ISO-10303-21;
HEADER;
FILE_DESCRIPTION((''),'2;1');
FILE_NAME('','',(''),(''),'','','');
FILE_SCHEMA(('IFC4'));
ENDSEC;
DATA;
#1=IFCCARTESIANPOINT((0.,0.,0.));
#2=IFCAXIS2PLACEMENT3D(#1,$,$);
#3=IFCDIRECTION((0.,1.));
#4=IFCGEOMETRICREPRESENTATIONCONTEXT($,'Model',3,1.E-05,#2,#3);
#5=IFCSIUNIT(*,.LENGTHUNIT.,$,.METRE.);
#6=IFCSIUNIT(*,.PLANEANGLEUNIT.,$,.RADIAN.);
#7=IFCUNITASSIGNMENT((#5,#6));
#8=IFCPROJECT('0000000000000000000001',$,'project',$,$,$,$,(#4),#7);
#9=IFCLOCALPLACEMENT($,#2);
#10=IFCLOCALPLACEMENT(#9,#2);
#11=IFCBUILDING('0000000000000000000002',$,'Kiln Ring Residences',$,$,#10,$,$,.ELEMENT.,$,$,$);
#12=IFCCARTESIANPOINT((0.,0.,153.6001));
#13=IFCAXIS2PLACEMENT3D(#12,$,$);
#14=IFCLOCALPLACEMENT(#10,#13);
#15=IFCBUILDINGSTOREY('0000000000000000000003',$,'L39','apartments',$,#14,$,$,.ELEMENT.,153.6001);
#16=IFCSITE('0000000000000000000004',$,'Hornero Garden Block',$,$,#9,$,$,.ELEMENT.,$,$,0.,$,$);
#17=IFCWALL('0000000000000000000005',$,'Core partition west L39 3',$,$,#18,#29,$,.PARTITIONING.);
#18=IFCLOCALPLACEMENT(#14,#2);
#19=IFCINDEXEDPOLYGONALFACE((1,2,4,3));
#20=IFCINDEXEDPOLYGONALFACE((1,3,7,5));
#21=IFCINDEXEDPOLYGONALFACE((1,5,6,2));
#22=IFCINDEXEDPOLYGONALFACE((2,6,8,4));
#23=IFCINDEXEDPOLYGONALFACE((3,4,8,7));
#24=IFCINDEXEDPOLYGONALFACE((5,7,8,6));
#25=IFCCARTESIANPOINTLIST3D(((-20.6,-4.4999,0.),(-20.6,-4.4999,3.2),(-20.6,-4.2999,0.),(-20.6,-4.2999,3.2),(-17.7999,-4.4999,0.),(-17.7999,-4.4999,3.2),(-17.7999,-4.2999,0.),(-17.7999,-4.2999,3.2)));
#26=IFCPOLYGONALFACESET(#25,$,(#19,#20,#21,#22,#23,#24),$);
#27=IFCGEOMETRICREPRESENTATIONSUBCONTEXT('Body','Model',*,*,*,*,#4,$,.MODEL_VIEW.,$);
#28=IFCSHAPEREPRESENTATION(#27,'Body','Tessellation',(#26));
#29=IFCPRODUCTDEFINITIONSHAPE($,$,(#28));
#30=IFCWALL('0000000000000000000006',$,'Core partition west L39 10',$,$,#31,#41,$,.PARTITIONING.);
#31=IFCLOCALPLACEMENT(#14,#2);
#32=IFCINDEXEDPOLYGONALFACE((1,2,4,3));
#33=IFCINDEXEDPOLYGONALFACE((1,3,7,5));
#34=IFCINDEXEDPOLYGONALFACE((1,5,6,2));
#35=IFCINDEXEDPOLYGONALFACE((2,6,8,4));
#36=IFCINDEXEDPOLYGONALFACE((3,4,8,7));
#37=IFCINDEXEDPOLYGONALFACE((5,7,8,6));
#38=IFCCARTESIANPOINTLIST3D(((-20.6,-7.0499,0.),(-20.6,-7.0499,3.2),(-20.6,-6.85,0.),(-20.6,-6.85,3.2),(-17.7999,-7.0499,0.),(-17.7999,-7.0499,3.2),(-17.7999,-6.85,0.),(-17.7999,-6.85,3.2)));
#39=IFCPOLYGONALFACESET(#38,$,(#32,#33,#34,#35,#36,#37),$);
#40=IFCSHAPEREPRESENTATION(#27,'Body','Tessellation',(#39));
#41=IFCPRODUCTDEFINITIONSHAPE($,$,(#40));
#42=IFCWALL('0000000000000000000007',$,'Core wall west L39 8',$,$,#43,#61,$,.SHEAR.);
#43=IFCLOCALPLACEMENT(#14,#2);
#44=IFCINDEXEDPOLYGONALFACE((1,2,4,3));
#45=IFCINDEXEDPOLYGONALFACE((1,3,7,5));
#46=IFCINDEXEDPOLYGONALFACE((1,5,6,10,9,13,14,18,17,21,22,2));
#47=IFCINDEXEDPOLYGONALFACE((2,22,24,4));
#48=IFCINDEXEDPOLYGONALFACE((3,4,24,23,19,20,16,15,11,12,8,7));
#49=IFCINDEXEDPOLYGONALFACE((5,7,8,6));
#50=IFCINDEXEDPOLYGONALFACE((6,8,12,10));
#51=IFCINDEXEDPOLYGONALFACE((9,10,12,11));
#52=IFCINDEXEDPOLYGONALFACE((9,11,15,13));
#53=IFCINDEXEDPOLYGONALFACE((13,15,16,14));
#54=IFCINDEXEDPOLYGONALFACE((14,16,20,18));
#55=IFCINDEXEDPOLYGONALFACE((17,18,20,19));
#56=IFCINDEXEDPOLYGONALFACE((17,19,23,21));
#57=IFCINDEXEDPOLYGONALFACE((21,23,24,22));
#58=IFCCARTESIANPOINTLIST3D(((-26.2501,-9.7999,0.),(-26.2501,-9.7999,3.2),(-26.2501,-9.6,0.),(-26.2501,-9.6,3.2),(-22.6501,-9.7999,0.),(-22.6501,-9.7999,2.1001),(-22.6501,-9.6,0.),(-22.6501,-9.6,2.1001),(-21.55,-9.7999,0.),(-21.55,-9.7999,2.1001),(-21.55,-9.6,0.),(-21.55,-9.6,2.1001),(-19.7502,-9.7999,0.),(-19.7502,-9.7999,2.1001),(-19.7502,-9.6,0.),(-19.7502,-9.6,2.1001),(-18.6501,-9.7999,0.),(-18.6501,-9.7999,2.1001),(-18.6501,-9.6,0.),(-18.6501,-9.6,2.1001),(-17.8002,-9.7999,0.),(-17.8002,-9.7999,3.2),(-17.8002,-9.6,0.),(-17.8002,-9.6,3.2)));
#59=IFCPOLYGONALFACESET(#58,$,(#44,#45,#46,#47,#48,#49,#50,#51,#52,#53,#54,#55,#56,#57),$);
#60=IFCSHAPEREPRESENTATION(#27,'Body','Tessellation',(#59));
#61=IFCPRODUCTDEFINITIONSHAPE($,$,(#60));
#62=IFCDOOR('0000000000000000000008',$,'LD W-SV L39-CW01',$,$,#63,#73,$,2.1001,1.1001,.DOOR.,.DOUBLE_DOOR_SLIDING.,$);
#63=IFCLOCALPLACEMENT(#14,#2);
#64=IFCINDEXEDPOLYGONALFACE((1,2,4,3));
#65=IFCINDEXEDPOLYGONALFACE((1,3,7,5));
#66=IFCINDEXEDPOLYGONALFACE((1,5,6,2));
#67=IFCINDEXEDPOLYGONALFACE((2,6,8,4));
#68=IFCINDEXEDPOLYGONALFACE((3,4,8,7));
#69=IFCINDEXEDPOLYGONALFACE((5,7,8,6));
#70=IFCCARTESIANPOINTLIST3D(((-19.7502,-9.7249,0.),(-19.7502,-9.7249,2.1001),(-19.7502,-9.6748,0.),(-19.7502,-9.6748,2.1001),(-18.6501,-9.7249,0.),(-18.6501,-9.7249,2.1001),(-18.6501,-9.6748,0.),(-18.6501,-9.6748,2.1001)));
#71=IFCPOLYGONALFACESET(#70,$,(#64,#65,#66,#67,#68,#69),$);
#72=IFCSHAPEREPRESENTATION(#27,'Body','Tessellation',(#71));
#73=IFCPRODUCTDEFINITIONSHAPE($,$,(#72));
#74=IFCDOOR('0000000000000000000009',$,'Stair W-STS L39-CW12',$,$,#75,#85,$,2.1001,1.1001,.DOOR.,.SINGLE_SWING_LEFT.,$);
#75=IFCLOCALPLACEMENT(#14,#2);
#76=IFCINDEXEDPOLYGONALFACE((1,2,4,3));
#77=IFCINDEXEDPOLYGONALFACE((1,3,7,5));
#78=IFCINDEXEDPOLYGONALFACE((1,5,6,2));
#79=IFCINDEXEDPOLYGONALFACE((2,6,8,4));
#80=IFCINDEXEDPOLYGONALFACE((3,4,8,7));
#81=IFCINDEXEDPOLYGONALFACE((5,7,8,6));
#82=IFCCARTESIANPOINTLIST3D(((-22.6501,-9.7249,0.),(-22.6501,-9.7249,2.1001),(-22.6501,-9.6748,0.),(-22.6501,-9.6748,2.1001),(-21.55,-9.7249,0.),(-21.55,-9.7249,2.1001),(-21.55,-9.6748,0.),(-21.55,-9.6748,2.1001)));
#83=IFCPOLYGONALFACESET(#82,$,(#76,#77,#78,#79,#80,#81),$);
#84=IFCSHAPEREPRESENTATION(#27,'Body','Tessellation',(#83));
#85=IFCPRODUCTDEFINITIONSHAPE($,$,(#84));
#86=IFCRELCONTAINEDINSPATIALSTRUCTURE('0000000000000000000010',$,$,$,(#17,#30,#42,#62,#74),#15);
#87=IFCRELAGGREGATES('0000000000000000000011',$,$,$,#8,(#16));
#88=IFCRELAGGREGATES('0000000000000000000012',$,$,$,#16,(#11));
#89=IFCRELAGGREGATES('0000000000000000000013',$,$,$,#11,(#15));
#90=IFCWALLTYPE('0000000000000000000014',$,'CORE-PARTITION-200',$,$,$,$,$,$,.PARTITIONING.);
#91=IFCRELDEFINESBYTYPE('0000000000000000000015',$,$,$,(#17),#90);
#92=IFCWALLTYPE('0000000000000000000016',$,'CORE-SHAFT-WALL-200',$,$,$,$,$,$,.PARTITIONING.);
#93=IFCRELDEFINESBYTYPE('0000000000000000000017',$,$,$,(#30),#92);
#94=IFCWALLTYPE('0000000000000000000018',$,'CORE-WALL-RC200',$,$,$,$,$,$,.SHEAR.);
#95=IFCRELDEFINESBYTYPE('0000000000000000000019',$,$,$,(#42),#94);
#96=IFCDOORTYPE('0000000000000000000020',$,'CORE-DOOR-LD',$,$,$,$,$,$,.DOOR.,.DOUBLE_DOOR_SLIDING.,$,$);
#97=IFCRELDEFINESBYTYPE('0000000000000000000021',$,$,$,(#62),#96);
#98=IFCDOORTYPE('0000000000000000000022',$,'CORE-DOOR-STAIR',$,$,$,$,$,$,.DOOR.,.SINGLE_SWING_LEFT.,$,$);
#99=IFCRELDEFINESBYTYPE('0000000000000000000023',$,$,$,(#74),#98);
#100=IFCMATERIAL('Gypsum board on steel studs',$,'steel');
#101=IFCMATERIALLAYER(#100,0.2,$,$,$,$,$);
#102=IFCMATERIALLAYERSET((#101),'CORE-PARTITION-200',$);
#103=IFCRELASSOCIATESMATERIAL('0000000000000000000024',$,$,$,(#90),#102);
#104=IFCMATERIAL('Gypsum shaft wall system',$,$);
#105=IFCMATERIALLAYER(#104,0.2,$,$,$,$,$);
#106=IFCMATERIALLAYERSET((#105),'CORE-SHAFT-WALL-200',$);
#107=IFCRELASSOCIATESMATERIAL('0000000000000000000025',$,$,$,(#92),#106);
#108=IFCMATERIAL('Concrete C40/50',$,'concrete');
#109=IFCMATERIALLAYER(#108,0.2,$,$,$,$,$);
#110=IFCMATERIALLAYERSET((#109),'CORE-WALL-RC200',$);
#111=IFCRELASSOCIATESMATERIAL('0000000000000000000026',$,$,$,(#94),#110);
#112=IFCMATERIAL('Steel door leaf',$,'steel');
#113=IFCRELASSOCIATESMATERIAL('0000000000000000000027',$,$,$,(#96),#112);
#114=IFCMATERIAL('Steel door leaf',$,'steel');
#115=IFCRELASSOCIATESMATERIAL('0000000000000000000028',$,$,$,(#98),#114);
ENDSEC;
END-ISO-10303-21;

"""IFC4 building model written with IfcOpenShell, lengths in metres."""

from ifc_helpers import new_model, si_unit, direction, frame, frame_2d, origin, place, context, subcontext, project, spatial, rectangle, extrude, material, layer, layer_set, type_object, element, fill, save


model = new_model("IFC4")

# Units and contexts
model_context = context("Model", 3, precision=1e-05, world=origin(), true_north=direction((0.0, 1.0)))
body_context = subcontext(model_context, "Body", "Model", "MODEL_VIEW")
ifc_project = project(units=[si_unit("LENGTHUNIT", "METRE"), si_unit("PLANEANGLEUNIT", "RADIAN")], contexts=[model_context])

# Site, building, storey
site_placement = place(None, origin())
site = spatial("IfcSite", under=ifc_project, at=site_placement, Name="Hornero Garden Block", CompositionType="ELEMENT", RefElevation=0.0)
building_placement = place(site_placement, origin())
building = spatial("IfcBuilding", under=site, at=building_placement, Name="Kiln Ring Residences", CompositionType="ELEMENT")
storey_placement = place(building_placement, frame((0.0, 0.0, 153.6001)))
storey = spatial("IfcBuildingStorey", under=building, at=storey_placement, Name="L39", Description="apartments", CompositionType="ELEMENT", Elevation=153.6001)

# Walls
ifc_material_1 = material(Name="Gypsum board on steel studs", Category="steel")
ifc_layer_1 = layer(ifc_material_1, 0.2)
ifc_layer_set_1 = layer_set([ifc_layer_1], Name="CORE-PARTITION-200")
wall_type_1 = type_object("IfcWallType", Name="CORE-PARTITION-200", PredefinedType="PARTITIONING", material=ifc_layer_set_1)
wall_1_placement = place(storey_placement, frame((-17.8, -4.3999, 0.0), z_axis=(0.0, 0.0, 1.0), x_axis=(-1.0, 0.0, 0.0)))
element("IfcWall", 1, at=wall_1_placement, inside=storey, type_object=wall_type_1, Name="Core partition west L39 3", PredefinedType="PARTITIONING", context=body_context, shape_type="SweptSolid", body=[
    extrude(rectangle(XDim=2.8, YDim=0.2, at=frame_2d((1.3999, 0.0))), origin(), (0.0, 0.0, 1.0), 3.2),
])
ifc_material_2 = material(Name="Gypsum shaft wall system")
ifc_layer_2 = layer(ifc_material_2, 0.2)
ifc_layer_set_2 = layer_set([ifc_layer_2], Name="CORE-SHAFT-WALL-200")
wall_type_2 = type_object("IfcWallType", Name="CORE-SHAFT-WALL-200", PredefinedType="PARTITIONING", material=ifc_layer_set_2)
wall_2_placement = place(storey_placement, frame((-17.8, -6.95, 0.0), z_axis=(0.0, 0.0, 1.0), x_axis=(-1.0, 0.0, 0.0)))
element("IfcWall", 2, at=wall_2_placement, inside=storey, type_object=wall_type_2, Name="Core partition west L39 10", PredefinedType="PARTITIONING", context=body_context, shape_type="SweptSolid", body=[
    extrude(rectangle(XDim=2.8, YDim=0.2, at=frame_2d((1.3999, 0.0))), origin(), (0.0, 0.0, 1.0), 3.2),
])

# Wall, openings, doors
ifc_material_3 = material(Name="Concrete C40/50", Category="concrete")
ifc_layer_3 = layer(ifc_material_3, 0.2)
ifc_layer_set_3 = layer_set([ifc_layer_3], Name="CORE-WALL-RC200")
wall_type_3 = type_object("IfcWallType", Name="CORE-WALL-RC200", PredefinedType="SHEAR", material=ifc_layer_set_3)
wall_3_placement = place(storey_placement, frame((-17.8, -9.7, 0.0), z_axis=(0.0, 0.0, 1.0), x_axis=(-1.0, 0.0, 0.0)))
wall_3 = element("IfcWall", 3, at=wall_3_placement, inside=storey, type_object=wall_type_3, Name="Core wall west L39 8", PredefinedType="SHEAR", context=body_context, shape_type="SweptSolid", body=[
    extrude(rectangle(XDim=8.45, YDim=0.2, at=frame_2d((4.2251, 0.0))), origin(), (0.0, 0.0, 1.0), 3.2),
])
opening_1_placement = place(wall_3_placement, frame((0.8501, 0.0, 0.0)))
opening_1 = element("IfcOpeningElement", 4, at=opening_1_placement, cuts=wall_3, PredefinedType="OPENING", context=body_context, shape_type="SweptSolid", body=[
    extrude(rectangle(XDim=1.1001, YDim=2.1001, at=frame_2d((0.55, 1.05))), frame((0.0, 0.1099, 0.0), z_axis=(0.0, -1.0, 0.0), x_axis=(1.0, 0.0, 0.0)), (0.0, 0.0, 1.0), 0.22),
])
opening_2_placement = place(wall_3_placement, frame((3.75, 0.0, 0.0)))
opening_2 = element("IfcOpeningElement", 5, at=opening_2_placement, cuts=wall_3, PredefinedType="OPENING", context=body_context, shape_type="SweptSolid", body=[
    extrude(rectangle(XDim=1.1001, YDim=2.1001, at=frame_2d((0.55, 1.05))), frame((0.0, 0.1099, 0.0), z_axis=(0.0, -1.0, 0.0), x_axis=(1.0, 0.0, 0.0)), (0.0, 0.0, 1.0), 0.22),
])
ifc_material_4 = material(Name="Steel door leaf", Category="steel")
door_type_1 = type_object("IfcDoorType", Name="CORE-DOOR-LD", OperationType="DOUBLE_DOOR_SLIDING", PredefinedType="DOOR", material=ifc_material_4)
door_1_placement = place(opening_1_placement, origin())
door_1 = element("IfcDoor", 6, at=door_1_placement, inside=storey, type_object=door_type_1, Name="LD W-SV L39-CW01", OperationType="DOUBLE_DOOR_SLIDING", OverallHeight=2.1001, OverallWidth=1.1001, PredefinedType="DOOR", context=body_context, shape_type="SweptSolid", body=[
    extrude(rectangle(XDim=1.1001, YDim=2.1001, at=frame_2d((0.55, 1.05))), frame((0.0, 0.0249, 0.0), z_axis=(0.0, -1.0, 0.0), x_axis=(1.0, 0.0, 0.0)), (0.0, 0.0, 1.0), 0.05),
])
fill(opening_1, door_1)
ifc_material_5 = material(Name="Steel door leaf", Category="steel")
door_type_2 = type_object("IfcDoorType", Name="CORE-DOOR-STAIR", OperationType="SINGLE_SWING_LEFT", PredefinedType="DOOR", material=ifc_material_5)
door_2_placement = place(opening_2_placement, origin())
door_2 = element("IfcDoor", 7, at=door_2_placement, inside=storey, type_object=door_type_2, Name="Stair W-STS L39-CW12", OperationType="SINGLE_SWING_LEFT", OverallHeight=2.1001, OverallWidth=1.1001, PredefinedType="DOOR", context=body_context, shape_type="SweptSolid", body=[
    extrude(rectangle(XDim=1.1001, YDim=2.1001, at=frame_2d((0.55, 1.05))), frame((0.0, 0.0249, 0.0), z_axis=(0.0, -1.0, 0.0), x_axis=(1.0, 0.0, 0.0)), (0.0, 0.0, 1.0), 0.05),
])
fill(opening_2, door_2)

save(model, "model.ifc")
